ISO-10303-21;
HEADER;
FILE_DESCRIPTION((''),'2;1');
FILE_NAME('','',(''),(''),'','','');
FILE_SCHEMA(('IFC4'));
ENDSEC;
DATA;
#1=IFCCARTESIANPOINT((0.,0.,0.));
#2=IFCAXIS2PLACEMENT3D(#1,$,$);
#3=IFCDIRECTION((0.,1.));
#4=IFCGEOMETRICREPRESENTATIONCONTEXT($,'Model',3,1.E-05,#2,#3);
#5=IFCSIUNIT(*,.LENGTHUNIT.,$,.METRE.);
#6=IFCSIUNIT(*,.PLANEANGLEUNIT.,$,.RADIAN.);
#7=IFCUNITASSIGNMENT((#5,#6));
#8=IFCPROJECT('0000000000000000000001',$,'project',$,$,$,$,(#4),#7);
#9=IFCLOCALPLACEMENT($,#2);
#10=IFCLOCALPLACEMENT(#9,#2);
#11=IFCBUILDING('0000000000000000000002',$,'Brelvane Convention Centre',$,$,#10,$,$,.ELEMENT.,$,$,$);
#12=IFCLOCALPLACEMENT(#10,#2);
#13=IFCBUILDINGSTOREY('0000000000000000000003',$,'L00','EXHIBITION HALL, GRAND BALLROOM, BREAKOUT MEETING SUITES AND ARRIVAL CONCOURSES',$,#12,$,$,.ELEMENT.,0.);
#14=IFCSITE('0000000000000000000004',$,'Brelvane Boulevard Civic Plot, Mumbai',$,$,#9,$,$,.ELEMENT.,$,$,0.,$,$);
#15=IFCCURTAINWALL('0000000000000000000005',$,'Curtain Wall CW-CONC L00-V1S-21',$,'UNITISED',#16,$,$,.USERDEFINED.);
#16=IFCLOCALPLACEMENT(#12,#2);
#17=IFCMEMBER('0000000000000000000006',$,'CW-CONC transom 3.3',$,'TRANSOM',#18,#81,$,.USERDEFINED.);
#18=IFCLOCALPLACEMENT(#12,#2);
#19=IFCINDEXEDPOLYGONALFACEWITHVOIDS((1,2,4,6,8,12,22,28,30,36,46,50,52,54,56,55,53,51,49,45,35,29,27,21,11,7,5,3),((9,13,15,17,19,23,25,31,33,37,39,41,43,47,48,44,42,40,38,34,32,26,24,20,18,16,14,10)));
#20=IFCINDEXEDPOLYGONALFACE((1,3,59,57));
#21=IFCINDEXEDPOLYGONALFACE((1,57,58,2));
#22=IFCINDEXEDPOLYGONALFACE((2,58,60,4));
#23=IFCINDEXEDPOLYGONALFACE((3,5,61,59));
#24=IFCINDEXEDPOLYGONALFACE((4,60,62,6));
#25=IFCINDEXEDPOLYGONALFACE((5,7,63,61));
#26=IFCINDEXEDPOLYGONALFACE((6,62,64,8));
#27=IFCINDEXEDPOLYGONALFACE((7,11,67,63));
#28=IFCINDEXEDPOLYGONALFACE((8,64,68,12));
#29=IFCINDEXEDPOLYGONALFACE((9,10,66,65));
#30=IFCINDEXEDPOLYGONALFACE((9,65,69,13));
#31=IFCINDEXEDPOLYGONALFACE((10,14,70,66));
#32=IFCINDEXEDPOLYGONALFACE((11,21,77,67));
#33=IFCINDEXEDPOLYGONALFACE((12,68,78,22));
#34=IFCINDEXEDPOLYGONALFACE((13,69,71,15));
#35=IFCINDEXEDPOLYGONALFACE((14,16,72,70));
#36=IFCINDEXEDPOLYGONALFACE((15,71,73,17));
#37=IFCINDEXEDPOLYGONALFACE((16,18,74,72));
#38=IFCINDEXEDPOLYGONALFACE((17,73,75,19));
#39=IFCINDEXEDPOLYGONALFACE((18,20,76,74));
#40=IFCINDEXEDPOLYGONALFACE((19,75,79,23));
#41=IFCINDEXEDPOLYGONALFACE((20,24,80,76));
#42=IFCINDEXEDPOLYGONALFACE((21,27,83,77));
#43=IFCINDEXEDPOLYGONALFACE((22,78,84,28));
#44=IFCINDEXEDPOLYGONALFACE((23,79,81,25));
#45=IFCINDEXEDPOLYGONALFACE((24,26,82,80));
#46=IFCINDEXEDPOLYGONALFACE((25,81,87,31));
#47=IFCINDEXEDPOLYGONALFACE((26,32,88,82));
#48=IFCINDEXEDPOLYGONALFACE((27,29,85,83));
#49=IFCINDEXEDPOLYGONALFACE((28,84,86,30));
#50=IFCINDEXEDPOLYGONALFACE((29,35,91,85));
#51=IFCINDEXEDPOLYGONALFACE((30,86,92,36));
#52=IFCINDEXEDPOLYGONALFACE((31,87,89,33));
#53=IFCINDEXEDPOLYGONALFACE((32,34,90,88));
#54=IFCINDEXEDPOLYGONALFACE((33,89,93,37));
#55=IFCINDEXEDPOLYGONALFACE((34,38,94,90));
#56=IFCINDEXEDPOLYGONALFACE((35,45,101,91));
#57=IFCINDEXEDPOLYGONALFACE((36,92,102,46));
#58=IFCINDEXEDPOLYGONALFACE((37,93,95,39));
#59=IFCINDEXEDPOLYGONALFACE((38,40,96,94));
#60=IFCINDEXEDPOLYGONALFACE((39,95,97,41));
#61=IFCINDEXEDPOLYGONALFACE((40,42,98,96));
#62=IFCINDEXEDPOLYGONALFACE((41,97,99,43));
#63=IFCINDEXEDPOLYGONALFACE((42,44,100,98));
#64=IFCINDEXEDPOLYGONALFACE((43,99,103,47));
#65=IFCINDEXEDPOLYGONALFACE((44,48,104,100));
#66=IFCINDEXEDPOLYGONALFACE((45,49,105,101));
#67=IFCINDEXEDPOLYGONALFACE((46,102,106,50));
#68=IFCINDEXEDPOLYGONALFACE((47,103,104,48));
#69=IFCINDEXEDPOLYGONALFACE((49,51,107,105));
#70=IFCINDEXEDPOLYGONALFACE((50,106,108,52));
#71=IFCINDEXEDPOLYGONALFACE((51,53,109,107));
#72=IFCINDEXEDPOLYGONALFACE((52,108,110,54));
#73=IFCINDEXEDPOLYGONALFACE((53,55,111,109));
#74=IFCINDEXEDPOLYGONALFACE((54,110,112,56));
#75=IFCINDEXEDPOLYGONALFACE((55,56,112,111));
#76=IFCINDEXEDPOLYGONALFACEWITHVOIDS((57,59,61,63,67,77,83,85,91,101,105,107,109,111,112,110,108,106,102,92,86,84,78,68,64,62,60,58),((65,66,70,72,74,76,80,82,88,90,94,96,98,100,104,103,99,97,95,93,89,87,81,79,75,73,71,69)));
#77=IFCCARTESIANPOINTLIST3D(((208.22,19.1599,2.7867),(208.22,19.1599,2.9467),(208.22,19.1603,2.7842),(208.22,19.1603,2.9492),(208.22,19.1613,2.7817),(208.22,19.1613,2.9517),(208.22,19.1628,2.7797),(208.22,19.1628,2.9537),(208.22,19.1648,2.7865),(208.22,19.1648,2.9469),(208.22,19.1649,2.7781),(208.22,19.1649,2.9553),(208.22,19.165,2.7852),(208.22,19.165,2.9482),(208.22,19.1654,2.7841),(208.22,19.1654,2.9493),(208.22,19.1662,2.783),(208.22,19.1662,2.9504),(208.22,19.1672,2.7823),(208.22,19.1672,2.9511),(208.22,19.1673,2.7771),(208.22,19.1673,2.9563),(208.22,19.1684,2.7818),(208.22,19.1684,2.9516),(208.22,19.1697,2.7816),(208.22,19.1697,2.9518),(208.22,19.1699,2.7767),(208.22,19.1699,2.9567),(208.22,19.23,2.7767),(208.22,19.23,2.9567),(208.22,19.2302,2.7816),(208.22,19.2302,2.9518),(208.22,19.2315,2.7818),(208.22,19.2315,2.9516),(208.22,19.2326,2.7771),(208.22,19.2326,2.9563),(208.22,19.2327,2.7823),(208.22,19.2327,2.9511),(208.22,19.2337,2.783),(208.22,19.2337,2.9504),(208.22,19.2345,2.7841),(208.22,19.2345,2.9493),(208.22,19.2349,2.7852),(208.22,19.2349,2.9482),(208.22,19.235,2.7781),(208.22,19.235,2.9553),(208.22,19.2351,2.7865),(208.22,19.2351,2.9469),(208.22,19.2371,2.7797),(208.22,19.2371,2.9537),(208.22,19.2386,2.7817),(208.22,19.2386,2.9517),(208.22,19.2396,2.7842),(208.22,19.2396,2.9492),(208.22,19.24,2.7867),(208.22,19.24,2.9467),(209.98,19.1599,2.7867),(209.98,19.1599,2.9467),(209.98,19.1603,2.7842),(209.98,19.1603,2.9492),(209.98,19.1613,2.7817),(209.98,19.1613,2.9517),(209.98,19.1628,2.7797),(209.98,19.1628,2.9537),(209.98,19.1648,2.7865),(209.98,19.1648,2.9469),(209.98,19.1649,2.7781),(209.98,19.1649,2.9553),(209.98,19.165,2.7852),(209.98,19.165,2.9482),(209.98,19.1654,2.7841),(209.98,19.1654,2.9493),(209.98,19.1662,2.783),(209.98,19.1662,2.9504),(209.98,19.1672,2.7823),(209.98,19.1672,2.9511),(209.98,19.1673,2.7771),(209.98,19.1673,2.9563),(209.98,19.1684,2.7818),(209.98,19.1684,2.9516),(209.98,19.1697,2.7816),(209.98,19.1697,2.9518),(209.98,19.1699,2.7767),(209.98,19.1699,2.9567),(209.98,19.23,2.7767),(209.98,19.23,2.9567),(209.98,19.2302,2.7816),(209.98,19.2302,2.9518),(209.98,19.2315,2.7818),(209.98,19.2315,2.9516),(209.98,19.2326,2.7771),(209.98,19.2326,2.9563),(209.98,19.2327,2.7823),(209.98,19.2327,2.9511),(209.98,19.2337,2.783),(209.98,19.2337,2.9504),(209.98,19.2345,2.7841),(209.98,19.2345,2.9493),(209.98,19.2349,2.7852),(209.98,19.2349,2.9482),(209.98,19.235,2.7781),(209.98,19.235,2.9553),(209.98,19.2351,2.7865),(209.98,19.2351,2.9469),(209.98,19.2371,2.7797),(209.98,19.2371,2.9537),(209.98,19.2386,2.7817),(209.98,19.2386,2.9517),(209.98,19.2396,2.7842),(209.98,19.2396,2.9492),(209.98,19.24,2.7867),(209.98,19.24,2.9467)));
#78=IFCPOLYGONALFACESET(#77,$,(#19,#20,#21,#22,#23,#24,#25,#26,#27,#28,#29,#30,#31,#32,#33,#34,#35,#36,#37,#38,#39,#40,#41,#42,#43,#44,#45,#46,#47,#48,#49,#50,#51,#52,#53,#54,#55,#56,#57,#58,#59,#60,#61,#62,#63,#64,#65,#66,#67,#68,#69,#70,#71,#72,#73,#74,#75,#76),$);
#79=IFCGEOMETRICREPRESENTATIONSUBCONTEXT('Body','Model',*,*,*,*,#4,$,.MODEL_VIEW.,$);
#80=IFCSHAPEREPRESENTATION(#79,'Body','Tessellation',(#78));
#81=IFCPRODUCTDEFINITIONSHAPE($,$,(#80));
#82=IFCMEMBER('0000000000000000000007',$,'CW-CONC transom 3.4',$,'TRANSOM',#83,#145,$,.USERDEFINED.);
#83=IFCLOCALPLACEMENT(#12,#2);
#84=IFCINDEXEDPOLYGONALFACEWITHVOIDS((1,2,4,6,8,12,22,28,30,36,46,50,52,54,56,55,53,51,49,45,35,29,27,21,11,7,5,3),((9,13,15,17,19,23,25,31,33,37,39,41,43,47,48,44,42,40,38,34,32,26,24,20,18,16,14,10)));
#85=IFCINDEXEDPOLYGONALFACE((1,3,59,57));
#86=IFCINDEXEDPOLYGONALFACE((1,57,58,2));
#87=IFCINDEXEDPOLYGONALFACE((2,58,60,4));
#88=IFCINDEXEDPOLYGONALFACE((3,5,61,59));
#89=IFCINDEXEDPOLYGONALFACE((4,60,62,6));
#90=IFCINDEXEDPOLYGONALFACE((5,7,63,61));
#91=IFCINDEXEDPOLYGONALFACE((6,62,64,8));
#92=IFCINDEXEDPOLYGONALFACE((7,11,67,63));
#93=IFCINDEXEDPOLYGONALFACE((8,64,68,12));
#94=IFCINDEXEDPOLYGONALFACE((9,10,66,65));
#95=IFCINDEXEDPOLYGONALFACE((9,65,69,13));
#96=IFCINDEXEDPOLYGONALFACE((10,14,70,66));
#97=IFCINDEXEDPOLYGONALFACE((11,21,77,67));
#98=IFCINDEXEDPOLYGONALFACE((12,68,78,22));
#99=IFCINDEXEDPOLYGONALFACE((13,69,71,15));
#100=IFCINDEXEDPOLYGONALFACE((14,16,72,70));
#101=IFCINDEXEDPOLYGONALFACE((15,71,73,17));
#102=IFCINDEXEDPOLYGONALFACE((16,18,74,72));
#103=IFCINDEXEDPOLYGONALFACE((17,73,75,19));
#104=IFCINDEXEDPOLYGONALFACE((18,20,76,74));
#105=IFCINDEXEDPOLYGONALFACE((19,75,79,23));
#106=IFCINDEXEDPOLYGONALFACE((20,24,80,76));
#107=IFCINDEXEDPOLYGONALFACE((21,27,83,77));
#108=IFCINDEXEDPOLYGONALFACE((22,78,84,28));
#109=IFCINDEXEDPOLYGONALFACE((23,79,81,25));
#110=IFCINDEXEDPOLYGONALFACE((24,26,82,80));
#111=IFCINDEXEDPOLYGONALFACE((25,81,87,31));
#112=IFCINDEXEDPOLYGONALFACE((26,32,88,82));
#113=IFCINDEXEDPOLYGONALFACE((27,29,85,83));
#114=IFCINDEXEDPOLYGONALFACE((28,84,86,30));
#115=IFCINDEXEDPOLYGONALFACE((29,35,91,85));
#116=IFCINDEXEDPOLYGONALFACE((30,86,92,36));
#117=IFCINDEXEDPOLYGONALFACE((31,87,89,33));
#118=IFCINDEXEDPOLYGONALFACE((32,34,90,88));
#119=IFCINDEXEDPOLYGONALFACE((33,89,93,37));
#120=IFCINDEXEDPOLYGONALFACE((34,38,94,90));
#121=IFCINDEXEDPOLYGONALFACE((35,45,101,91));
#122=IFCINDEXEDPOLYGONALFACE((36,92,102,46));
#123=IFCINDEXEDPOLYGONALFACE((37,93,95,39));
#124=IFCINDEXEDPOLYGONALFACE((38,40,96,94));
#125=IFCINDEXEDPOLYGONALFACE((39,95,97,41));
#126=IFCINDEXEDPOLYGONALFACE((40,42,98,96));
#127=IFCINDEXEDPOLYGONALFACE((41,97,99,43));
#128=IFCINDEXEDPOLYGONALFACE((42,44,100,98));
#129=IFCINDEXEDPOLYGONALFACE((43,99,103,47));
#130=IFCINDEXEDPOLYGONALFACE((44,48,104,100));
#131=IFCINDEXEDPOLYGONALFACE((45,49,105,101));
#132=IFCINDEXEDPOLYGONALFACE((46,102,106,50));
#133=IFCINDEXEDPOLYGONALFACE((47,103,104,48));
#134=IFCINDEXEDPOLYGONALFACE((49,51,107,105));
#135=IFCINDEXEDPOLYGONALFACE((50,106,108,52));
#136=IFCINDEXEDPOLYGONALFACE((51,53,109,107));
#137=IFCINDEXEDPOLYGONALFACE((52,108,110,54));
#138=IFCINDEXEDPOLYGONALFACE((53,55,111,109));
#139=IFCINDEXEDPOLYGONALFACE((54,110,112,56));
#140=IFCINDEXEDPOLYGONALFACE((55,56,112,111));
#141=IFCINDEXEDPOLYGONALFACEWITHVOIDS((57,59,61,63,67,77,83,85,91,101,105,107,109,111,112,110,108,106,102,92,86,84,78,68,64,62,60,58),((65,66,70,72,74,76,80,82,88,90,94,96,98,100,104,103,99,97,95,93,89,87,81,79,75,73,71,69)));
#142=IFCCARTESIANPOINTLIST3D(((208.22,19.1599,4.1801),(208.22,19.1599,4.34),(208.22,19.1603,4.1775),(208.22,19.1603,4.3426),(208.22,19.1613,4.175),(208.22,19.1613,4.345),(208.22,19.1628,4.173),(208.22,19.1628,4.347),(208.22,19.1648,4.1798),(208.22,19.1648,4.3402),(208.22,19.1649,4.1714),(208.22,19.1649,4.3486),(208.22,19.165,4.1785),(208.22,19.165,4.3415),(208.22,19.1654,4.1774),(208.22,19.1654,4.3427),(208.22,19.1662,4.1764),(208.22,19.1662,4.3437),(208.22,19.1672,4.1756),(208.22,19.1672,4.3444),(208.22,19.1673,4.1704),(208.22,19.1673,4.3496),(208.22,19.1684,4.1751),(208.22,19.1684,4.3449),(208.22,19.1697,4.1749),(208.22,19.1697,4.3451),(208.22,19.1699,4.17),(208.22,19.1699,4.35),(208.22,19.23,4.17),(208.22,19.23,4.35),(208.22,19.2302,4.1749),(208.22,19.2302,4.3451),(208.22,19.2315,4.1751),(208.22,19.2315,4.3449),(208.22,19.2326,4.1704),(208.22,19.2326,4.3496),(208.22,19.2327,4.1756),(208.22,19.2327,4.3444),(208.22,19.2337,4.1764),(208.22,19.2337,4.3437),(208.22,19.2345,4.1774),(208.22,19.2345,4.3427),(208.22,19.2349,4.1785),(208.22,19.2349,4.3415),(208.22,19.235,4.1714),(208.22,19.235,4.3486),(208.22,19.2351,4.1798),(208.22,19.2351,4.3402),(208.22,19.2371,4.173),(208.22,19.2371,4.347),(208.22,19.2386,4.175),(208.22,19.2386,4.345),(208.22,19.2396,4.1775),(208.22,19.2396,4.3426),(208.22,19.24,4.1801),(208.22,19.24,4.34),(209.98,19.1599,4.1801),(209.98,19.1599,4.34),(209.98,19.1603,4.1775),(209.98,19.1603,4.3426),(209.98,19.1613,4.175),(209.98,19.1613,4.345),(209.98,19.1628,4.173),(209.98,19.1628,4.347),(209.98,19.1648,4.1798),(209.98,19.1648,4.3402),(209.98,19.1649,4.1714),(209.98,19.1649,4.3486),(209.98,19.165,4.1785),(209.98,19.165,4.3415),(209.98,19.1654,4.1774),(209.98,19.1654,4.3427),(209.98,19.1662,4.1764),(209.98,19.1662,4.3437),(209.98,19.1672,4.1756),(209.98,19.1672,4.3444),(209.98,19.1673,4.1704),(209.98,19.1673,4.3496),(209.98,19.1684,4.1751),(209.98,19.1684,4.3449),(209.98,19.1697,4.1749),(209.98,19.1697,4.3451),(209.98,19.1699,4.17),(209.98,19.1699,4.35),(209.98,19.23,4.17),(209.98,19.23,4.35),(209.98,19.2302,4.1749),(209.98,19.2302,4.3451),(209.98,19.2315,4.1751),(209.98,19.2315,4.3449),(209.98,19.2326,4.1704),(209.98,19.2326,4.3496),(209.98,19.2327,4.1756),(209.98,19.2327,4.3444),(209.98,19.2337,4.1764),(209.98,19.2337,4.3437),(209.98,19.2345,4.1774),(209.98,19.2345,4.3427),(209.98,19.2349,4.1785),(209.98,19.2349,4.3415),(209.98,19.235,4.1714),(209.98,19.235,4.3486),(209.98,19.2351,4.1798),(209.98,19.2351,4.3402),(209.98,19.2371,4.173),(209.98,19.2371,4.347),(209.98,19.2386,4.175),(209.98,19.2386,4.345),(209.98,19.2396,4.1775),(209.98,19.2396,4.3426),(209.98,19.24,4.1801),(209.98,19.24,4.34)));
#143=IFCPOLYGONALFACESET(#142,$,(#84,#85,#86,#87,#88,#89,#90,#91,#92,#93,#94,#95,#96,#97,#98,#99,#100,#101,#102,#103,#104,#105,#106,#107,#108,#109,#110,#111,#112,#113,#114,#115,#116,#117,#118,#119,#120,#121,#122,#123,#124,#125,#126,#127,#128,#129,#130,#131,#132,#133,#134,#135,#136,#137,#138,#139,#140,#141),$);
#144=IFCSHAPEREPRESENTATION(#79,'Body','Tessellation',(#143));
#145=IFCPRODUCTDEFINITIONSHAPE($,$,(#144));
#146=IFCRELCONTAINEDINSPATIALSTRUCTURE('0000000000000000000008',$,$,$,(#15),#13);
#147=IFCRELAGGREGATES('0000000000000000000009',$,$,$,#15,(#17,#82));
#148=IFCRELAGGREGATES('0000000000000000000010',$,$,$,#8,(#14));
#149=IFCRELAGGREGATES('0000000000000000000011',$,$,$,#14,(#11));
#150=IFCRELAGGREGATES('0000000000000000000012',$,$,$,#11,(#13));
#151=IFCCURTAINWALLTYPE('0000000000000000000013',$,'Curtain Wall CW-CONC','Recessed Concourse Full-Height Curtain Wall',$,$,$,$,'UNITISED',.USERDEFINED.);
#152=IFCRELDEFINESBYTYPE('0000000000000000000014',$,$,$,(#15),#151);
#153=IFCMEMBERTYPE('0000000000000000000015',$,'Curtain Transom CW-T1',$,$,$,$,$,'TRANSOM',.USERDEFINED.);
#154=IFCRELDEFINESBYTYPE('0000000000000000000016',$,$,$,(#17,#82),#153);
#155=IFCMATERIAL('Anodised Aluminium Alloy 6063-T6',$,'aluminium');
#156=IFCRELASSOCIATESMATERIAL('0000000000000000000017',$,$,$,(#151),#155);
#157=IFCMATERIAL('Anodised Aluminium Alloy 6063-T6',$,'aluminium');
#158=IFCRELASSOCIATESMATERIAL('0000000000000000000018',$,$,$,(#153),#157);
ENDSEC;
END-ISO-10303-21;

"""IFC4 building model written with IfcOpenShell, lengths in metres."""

from ifc_helpers import new_model, si_unit, direction, frame, origin, origin_2d, place, context, subcontext, project, spatial, hollow_rectangle, extrude, material, material_profile, profile_set, type_object, element, aggregate, save


model = new_model("IFC4")

# Units and contexts
model_context = context("Model", 3, precision=1e-05, world=origin(), true_north=direction((0.0, 1.0)))
body_context = subcontext(model_context, "Body", "Model", "MODEL_VIEW")
ifc_project = project(units=[si_unit("LENGTHUNIT", "METRE"), si_unit("PLANEANGLEUNIT", "RADIAN")], contexts=[model_context])

# Site, building, storey
site_placement = place(None, origin())
site = spatial("IfcSite", under=ifc_project, at=site_placement, Name="Brelvane Boulevard Civic Plot, Mumbai", CompositionType="ELEMENT", RefElevation=0.0)
building_placement = place(site_placement, origin())
building = spatial("IfcBuilding", under=site, at=building_placement, Name="Brelvane Convention Centre", CompositionType="ELEMENT")
storey_placement = place(building_placement, origin())
storey = spatial("IfcBuildingStorey", under=building, at=storey_placement, Name="L00", Description="EXHIBITION HALL, GRAND BALLROOM, BREAKOUT MEETING SUITES AND ARRIVAL CONCOURSES", CompositionType="ELEMENT", Elevation=0.0)

# Curtain wall, members
ifc_material_1 = material(Name="Anodised Aluminium Alloy 6063-T6", Category="aluminium")
curtain_wall_type = type_object("IfcCurtainWallType", Name="Curtain Wall CW-CONC", Description="Recessed Concourse Full-Height Curtain Wall", ElementType="UNITISED", PredefinedType="USERDEFINED", material=ifc_material_1)
curtain_wall_placement = place(storey_placement, origin())
curtain_wall = element("IfcCurtainWall", 1, at=curtain_wall_placement, inside=storey, type_object=curtain_wall_type, Name="Curtain Wall CW-CONC L00-V1S-21", ObjectType="UNITISED", PredefinedType="USERDEFINED")
ifc_material_2 = material(Name="Anodised Aluminium Alloy 6063-T6", Category="aluminium")
ifc_material_profile_1 = material_profile(ifc_material_2, hollow_rectangle(XDim=0.0801, YDim=0.1799, WallThickness=0.0049, InnerFilletRadius=0.0049, OuterFilletRadius=0.01, at=origin_2d()), Name="ALU-T 180x80x5.0")
ifc_profile_set_1 = profile_set([ifc_material_profile_1], Name="Anodised Aluminium Alloy 6063-T6")
member_type_1 = type_object("IfcMemberType", Name="Curtain Transom CW-T1", ElementType="TRANSOM", PredefinedType="USERDEFINED", material=ifc_profile_set_1)
member_1_placement = place(storey_placement, frame((208.22, 19.2, 2.8667), z_axis=(1.0, 0.0, 0.0), x_axis=(0.0, 1.0, 0.0)))
member_1 = element("IfcMember", 2, at=member_1_placement, type_object=member_type_1, Name="CW-CONC transom 3.3", ObjectType="TRANSOM", PredefinedType="USERDEFINED", context=body_context, shape_type="SweptSolid", body=[
    extrude(hollow_rectangle(XDim=0.0801, YDim=0.1799, WallThickness=0.0049, InnerFilletRadius=0.0049, OuterFilletRadius=0.01, at=origin_2d()), origin(), (0.0, 0.0, 1.0), 1.76),
])
member_2_placement = place(storey_placement, frame((208.22, 19.2, 4.26), z_axis=(1.0, 0.0, 0.0), x_axis=(0.0, 1.0, 0.0)))
member_2 = element("IfcMember", 3, at=member_2_placement, type_object=member_type_1, Name="CW-CONC transom 3.4", ObjectType="TRANSOM", PredefinedType="USERDEFINED", context=body_context, shape_type="SweptSolid", body=[
    extrude(hollow_rectangle(XDim=0.0801, YDim=0.1799, WallThickness=0.0049, InnerFilletRadius=0.0049, OuterFilletRadius=0.01, at=origin_2d()), origin(), (0.0, 0.0, 1.0), 1.76),
])
aggregate(curtain_wall, [member_1, member_2])

save(model, "model.ifc")
